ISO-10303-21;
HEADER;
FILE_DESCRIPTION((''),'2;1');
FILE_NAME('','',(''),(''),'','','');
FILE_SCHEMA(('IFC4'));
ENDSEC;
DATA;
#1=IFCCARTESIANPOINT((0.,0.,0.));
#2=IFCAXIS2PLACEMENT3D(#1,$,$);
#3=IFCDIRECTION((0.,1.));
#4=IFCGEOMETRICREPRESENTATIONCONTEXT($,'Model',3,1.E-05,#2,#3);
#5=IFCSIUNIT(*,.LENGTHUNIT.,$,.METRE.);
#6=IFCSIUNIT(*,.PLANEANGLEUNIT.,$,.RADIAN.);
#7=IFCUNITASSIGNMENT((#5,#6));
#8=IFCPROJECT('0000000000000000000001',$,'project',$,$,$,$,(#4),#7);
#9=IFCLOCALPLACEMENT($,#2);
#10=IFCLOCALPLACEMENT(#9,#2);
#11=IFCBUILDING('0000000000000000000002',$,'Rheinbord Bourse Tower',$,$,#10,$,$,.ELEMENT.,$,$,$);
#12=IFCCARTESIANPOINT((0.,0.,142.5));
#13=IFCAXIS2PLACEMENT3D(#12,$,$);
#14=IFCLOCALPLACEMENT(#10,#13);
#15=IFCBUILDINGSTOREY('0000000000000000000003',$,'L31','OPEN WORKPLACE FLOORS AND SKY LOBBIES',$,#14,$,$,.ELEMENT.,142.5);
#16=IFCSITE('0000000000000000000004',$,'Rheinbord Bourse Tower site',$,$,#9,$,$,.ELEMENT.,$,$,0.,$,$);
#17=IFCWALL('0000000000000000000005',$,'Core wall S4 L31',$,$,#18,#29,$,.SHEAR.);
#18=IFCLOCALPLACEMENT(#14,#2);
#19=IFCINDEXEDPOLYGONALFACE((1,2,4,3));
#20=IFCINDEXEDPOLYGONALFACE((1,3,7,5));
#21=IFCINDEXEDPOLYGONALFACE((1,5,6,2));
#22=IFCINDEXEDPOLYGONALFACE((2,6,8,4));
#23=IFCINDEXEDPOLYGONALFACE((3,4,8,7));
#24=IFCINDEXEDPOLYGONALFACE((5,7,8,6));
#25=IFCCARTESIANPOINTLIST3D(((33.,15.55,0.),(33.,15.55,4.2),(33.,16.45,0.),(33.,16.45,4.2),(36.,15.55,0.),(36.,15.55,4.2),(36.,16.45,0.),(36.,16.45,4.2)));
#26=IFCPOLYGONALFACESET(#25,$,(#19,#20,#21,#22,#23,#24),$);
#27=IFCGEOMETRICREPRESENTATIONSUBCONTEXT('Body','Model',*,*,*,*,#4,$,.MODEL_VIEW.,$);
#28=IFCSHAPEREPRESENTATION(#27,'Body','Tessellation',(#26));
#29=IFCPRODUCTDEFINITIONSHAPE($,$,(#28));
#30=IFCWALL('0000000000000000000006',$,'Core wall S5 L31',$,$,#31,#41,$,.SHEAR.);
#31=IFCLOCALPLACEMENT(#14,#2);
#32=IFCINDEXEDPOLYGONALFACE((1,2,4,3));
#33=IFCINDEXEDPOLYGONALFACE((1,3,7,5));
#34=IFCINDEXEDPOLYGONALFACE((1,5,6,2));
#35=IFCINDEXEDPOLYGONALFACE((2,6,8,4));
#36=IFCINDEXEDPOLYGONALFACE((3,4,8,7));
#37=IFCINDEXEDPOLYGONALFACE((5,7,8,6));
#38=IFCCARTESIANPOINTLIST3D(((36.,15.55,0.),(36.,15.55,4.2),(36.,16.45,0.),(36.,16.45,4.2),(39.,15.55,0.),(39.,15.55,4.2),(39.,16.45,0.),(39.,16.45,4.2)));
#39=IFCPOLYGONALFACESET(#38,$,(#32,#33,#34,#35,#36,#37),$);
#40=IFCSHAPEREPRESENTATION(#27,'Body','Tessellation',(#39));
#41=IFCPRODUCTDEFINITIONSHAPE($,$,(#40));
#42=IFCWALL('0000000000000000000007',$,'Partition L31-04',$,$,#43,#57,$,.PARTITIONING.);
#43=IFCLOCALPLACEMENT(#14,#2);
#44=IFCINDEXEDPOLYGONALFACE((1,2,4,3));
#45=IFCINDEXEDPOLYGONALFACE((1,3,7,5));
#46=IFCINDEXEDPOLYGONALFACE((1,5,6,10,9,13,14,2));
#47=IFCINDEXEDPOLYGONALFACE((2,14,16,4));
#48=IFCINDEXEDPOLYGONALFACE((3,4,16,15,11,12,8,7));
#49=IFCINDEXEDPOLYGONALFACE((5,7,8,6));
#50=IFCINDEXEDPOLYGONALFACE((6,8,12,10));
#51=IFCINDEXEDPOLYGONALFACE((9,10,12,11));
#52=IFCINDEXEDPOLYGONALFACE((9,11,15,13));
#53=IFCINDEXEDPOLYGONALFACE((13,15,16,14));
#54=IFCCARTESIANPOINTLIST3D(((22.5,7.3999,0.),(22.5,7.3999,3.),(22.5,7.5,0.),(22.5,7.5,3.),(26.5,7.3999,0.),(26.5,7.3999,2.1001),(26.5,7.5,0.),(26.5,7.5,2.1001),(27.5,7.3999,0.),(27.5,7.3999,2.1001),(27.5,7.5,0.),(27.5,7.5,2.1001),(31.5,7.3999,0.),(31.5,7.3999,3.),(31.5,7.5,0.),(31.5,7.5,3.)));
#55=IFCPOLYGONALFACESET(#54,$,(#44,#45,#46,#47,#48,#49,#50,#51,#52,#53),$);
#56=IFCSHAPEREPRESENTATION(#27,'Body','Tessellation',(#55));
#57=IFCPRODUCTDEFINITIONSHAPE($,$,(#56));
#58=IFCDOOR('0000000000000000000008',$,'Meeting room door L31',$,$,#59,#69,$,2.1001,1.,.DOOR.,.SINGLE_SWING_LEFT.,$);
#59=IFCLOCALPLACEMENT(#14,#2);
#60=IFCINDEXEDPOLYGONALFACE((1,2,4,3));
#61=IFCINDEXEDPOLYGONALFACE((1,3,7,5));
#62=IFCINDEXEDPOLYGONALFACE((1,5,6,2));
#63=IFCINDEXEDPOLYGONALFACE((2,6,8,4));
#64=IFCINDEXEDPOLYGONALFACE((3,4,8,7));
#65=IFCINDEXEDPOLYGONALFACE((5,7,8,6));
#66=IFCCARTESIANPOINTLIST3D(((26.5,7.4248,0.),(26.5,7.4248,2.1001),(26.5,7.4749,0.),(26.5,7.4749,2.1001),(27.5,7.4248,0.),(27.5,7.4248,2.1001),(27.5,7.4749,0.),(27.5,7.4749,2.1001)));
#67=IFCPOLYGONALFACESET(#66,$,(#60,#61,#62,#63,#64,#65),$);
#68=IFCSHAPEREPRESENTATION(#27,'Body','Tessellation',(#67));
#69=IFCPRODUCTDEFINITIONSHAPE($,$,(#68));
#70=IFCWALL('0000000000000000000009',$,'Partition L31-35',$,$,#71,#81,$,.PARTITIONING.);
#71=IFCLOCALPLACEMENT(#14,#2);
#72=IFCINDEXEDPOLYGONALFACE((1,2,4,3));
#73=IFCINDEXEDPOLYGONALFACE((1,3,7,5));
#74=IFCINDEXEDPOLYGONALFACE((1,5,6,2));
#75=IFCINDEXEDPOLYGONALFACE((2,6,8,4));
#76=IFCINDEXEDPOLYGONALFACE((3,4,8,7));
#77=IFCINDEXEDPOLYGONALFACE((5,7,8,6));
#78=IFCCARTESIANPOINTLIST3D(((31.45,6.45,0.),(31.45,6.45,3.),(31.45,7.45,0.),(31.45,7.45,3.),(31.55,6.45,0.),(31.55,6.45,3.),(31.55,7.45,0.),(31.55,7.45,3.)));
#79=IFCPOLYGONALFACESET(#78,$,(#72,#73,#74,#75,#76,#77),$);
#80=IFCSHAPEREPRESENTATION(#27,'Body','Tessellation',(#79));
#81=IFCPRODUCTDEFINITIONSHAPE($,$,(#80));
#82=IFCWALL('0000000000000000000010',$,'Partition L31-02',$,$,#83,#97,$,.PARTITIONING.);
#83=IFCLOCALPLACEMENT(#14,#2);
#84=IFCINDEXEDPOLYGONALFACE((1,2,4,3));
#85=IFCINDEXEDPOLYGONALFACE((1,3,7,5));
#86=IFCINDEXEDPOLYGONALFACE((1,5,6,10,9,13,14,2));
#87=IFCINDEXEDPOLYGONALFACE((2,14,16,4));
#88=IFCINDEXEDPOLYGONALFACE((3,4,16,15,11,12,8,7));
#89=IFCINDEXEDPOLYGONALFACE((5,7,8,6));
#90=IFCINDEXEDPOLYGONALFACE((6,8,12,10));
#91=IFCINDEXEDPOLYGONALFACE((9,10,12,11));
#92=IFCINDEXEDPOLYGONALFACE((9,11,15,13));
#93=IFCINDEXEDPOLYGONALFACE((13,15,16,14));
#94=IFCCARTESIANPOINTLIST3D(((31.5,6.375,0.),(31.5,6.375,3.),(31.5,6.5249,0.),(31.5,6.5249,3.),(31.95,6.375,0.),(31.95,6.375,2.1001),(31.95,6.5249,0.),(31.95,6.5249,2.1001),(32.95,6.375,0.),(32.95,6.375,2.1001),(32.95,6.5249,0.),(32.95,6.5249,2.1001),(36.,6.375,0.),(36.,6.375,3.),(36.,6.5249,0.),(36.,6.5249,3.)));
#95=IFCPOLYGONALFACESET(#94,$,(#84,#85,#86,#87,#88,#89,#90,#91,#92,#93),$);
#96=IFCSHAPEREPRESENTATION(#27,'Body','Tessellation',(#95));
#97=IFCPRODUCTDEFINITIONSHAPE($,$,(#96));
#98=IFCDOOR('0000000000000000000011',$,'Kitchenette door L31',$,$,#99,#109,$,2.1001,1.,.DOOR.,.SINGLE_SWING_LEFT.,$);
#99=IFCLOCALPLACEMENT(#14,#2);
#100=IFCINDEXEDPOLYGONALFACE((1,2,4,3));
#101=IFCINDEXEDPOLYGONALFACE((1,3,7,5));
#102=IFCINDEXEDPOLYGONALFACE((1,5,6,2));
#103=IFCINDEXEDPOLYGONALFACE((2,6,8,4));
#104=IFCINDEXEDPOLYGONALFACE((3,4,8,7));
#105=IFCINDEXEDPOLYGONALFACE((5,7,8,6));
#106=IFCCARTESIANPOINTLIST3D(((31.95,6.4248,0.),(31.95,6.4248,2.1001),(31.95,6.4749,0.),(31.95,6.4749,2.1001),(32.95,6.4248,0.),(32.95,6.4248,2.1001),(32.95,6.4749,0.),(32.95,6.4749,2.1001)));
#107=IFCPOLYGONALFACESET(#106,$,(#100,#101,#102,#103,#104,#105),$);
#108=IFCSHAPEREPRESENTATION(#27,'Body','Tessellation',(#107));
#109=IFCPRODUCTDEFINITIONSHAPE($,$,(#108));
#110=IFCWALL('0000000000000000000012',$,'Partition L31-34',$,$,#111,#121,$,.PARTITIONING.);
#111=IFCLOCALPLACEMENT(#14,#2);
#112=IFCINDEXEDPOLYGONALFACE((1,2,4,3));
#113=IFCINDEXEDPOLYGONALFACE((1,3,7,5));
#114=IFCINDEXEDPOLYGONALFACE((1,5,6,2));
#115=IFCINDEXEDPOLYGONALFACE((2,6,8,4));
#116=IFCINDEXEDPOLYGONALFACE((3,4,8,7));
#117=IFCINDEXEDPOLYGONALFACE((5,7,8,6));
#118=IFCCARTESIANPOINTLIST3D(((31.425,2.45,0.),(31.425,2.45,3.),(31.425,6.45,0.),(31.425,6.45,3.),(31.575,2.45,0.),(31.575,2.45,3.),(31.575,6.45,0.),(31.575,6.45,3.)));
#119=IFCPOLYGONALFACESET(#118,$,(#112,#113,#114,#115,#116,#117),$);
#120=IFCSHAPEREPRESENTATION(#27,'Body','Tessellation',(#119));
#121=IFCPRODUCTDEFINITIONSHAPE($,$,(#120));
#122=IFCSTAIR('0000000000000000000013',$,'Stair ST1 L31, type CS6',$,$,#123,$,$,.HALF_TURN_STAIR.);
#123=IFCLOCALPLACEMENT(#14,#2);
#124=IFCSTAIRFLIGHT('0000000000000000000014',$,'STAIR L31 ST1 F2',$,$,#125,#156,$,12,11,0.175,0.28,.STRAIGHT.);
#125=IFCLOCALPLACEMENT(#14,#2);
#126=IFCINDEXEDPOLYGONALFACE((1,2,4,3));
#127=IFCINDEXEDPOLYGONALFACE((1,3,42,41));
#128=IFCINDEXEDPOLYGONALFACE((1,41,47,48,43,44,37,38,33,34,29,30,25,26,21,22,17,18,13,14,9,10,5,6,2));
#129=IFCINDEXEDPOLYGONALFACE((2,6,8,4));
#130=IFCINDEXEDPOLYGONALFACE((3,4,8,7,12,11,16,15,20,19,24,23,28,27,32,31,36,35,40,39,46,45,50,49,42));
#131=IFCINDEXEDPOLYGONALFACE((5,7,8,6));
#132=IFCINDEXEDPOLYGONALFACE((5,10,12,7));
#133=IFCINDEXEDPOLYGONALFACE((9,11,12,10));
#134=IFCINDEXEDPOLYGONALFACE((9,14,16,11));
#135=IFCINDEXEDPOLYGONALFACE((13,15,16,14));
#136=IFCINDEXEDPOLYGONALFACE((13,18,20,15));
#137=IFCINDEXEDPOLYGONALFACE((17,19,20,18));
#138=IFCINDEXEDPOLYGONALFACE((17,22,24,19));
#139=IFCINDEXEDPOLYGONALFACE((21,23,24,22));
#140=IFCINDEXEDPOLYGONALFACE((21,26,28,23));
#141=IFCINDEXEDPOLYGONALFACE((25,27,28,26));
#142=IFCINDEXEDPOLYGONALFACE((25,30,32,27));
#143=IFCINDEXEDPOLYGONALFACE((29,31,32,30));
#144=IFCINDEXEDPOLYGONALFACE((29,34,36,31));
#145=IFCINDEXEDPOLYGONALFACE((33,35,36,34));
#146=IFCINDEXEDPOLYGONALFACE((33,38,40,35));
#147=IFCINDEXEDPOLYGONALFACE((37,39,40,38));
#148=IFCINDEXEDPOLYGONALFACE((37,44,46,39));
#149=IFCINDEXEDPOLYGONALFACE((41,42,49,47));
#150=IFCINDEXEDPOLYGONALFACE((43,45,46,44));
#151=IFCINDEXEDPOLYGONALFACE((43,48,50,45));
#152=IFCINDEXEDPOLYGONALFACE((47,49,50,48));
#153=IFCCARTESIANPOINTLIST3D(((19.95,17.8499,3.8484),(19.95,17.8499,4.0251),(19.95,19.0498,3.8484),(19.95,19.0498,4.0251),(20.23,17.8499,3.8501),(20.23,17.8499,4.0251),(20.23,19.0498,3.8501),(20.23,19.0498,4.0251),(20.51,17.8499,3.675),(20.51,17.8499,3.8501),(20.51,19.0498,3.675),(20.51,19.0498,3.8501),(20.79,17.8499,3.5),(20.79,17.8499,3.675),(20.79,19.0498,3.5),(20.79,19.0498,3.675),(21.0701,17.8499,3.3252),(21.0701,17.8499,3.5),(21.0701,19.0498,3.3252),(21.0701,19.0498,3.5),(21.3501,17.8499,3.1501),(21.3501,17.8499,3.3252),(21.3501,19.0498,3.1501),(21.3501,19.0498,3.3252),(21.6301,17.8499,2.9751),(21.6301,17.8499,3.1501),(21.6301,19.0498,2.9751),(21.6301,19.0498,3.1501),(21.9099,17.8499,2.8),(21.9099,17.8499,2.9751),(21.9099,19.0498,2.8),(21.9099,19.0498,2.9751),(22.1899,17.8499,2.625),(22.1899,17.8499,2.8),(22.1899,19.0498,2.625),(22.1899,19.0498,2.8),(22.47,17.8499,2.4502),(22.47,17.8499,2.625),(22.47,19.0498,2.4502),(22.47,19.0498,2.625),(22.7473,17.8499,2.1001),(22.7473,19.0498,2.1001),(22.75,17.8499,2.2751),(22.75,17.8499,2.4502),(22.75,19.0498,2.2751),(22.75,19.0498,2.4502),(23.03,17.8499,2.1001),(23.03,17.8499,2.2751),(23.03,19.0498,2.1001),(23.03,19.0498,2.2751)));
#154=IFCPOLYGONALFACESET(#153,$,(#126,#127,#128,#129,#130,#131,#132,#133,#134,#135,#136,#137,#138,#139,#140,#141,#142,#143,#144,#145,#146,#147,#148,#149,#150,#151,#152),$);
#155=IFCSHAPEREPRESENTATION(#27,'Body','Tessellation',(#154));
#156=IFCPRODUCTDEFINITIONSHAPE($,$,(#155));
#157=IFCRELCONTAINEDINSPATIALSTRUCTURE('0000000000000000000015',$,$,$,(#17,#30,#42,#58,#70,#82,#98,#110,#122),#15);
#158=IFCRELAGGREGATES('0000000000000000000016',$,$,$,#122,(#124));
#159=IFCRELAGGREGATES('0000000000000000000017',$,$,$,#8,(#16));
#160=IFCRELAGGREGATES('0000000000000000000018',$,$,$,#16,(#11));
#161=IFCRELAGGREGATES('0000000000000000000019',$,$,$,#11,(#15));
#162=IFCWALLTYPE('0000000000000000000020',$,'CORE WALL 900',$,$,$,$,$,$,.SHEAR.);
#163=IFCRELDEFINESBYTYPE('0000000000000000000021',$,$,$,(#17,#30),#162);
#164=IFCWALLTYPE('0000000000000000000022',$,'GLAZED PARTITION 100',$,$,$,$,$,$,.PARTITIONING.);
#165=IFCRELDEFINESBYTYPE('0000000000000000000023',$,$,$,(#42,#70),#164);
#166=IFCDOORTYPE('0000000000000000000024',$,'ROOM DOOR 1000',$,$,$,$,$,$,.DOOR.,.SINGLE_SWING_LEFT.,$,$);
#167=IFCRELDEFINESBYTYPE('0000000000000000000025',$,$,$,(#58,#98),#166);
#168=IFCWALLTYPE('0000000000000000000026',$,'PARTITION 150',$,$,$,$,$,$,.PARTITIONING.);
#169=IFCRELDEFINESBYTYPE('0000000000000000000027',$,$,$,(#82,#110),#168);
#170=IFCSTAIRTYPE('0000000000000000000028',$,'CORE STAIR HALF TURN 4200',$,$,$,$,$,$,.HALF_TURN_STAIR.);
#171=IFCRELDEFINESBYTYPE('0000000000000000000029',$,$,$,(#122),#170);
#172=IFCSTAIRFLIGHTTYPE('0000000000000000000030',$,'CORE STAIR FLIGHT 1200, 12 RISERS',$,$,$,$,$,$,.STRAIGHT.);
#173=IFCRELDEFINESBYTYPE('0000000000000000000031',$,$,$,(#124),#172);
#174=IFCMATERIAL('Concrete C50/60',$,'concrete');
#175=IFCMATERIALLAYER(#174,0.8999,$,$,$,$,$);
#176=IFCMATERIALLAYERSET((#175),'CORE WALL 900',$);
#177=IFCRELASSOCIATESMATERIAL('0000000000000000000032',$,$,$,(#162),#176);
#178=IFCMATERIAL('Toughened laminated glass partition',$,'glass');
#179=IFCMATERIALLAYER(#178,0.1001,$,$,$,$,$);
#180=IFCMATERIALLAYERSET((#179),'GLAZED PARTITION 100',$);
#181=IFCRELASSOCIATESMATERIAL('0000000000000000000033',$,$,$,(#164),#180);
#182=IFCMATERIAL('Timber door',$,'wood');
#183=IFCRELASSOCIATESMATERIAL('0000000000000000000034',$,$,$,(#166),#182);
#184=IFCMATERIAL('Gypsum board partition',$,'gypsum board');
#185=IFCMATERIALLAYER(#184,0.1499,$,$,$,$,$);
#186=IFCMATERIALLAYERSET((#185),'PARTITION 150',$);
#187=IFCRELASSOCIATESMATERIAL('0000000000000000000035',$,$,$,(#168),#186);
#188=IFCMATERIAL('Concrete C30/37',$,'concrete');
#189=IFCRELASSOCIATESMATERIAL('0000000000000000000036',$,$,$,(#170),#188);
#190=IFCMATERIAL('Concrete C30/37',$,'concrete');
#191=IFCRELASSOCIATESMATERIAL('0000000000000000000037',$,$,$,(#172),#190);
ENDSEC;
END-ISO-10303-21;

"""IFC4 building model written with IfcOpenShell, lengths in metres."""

from ifc_helpers import new_model, si_unit, direction, frame, frame_2d, origin, place, context, subcontext, project, spatial, polyline, rectangle, outline, extrude, material, layer, layer_set, type_object, element, fill, aggregate, save


model = new_model("IFC4")

# Units and contexts
model_context = context("Model", 3, precision=1e-05, world=origin(), true_north=direction((0.0, 1.0)))
body_context = subcontext(model_context, "Body", "Model", "MODEL_VIEW")
ifc_project = project(units=[si_unit("LENGTHUNIT", "METRE"), si_unit("PLANEANGLEUNIT", "RADIAN")], contexts=[model_context])

# Site, building, storey
site_placement = place(None, origin())
site = spatial("IfcSite", under=ifc_project, at=site_placement, Name="Rheinbord Bourse Tower site", CompositionType="ELEMENT", RefElevation=0.0)
building_placement = place(site_placement, origin())
building = spatial("IfcBuilding", under=site, at=building_placement, Name="Rheinbord Bourse Tower", CompositionType="ELEMENT")
storey_placement = place(building_placement, frame((0.0, 0.0, 142.5)))
storey = spatial("IfcBuildingStorey", under=building, at=storey_placement, Name="L31", Description="OPEN WORKPLACE FLOORS AND SKY LOBBIES", CompositionType="ELEMENT", Elevation=142.5)

# Walls
ifc_material_1 = material(Name="Concrete C50/60", Category="concrete")
ifc_layer_1 = layer(ifc_material_1, 0.8999)
ifc_layer_set_1 = layer_set([ifc_layer_1], Name="CORE WALL 900")
wall_type_1 = type_object("IfcWallType", Name="CORE WALL 900", PredefinedType="SHEAR", material=ifc_layer_set_1)
for number, where, z_axis, x_axis, name in (
    (1, (33.0, 16.0, 0.0), (0.0, 0.0, 1.0), (1.0, 0.0, 0.0), "Core wall S4 L31"),
    (2, (36.0, 16.0, 0.0), (0.0, 0.0, 1.0), (1.0, 0.0, 0.0), "Core wall S5 L31"),
):
    element("IfcWall", number, at=place(storey_placement, frame(where, z_axis=z_axis, x_axis=x_axis)), inside=storey, type_object=wall_type_1, Name=name, PredefinedType="SHEAR", context=body_context, shape_type="SweptSolid", body=[
        extrude(rectangle(XDim=3.0, YDim=0.8999, at=frame_2d((1.5, 0.0))), origin(), (0.0, 0.0, 1.0), 4.2),
    ])

# Wall, opening, door
ifc_material_2 = material(Name="Toughened laminated glass partition", Category="glass")
ifc_layer_2 = layer(ifc_material_2, 0.1001)
ifc_layer_set_2 = layer_set([ifc_layer_2], Name="GLAZED PARTITION 100")
wall_type_2 = type_object("IfcWallType", Name="GLAZED PARTITION 100", PredefinedType="PARTITIONING", material=ifc_layer_set_2)
wall_1_placement = place(storey_placement, frame((22.5, 7.45, 0.0), z_axis=(0.0, 0.0, 1.0), x_axis=(1.0, 0.0, 0.0)))
wall_1 = element("IfcWall", 3, at=wall_1_placement, inside=storey, type_object=wall_type_2, Name="Partition L31-04", PredefinedType="PARTITIONING", context=body_context, shape_type="SweptSolid", body=[
    extrude(rectangle(XDim=9.0, YDim=0.1001, at=frame_2d((4.5, 0.0))), origin(), (0.0, 0.0, 1.0), 3.0),
])
opening_1_placement = place(wall_1_placement, frame((4.0, 0.0, 0.0)))
opening_1 = element("IfcOpeningElement", 4, at=opening_1_placement, cuts=wall_1, PredefinedType="OPENING", context=body_context, shape_type="SweptSolid", body=[
    extrude(rectangle(XDim=1.0, YDim=2.1001, at=frame_2d((0.5, 1.05))), frame((0.0, 0.0601, 0.0), z_axis=(0.0, -1.0, 0.0), x_axis=(1.0, 0.0, 0.0)), (0.0, 0.0, 1.0), 0.1201),
])
ifc_material_3 = material(Name="Timber door", Category="wood")
door_type_1 = type_object("IfcDoorType", Name="ROOM DOOR 1000", OperationType="SINGLE_SWING_LEFT", PredefinedType="DOOR", material=ifc_material_3)
door_1_placement = place(opening_1_placement, origin())
door_1 = element("IfcDoor", 5, at=door_1_placement, inside=storey, type_object=door_type_1, Name="Meeting room door L31", OperationType="SINGLE_SWING_LEFT", OverallHeight=2.1001, OverallWidth=1.0, PredefinedType="DOOR", context=body_context, shape_type="SweptSolid", body=[
    extrude(rectangle(XDim=1.0, YDim=2.1001, at=frame_2d((0.5, 1.05))), frame((0.0, 0.0249, 0.0), z_axis=(0.0, -1.0, 0.0), x_axis=(1.0, 0.0, 0.0)), (0.0, 0.0, 1.0), 0.05),
])
fill(opening_1, door_1)

# Wall
wall_2_placement = place(storey_placement, frame((31.5, 6.45, 0.0), z_axis=(0.0, 0.0, 1.0), x_axis=(0.0, 1.0, 0.0)))
element("IfcWall", 6, at=wall_2_placement, inside=storey, type_object=wall_type_2, Name="Partition L31-35", PredefinedType="PARTITIONING", context=body_context, shape_type="SweptSolid", body=[
    extrude(rectangle(XDim=1.0, YDim=0.1001, at=frame_2d((0.5, 0.0))), origin(), (0.0, 0.0, 1.0), 3.0),
])

# Wall, opening, door
ifc_material_4 = material(Name="Gypsum board partition", Category="gypsum board")
ifc_layer_3 = layer(ifc_material_4, 0.1499)
ifc_layer_set_3 = layer_set([ifc_layer_3], Name="PARTITION 150")
wall_type_3 = type_object("IfcWallType", Name="PARTITION 150", PredefinedType="PARTITIONING", material=ifc_layer_set_3)
wall_3_placement = place(storey_placement, frame((31.5, 6.45, 0.0), z_axis=(0.0, 0.0, 1.0), x_axis=(1.0, 0.0, 0.0)))
wall_3 = element("IfcWall", 7, at=wall_3_placement, inside=storey, type_object=wall_type_3, Name="Partition L31-02", PredefinedType="PARTITIONING", context=body_context, shape_type="SweptSolid", body=[
    extrude(rectangle(XDim=4.5, YDim=0.1499, at=frame_2d((2.25, 0.0))), origin(), (0.0, 0.0, 1.0), 3.0),
])
opening_2_placement = place(wall_3_placement, frame((0.45, 0.0, 0.0)))
opening_2 = element("IfcOpeningElement", 8, at=opening_2_placement, cuts=wall_3, PredefinedType="OPENING", context=body_context, shape_type="SweptSolid", body=[
    extrude(rectangle(XDim=1.0, YDim=2.1001, at=frame_2d((0.5, 1.05))), frame((0.0, 0.085, 0.0), z_axis=(0.0, -1.0, 0.0), x_axis=(1.0, 0.0, 0.0)), (0.0, 0.0, 1.0), 0.1699),
])
door_2_placement = place(opening_2_placement, origin())
door_2 = element("IfcDoor", 9, at=door_2_placement, inside=storey, type_object=door_type_1, Name="Kitchenette door L31", OperationType="SINGLE_SWING_LEFT", OverallHeight=2.1001, OverallWidth=1.0, PredefinedType="DOOR", context=body_context, shape_type="SweptSolid", body=[
    extrude(rectangle(XDim=1.0, YDim=2.1001, at=frame_2d((0.5, 1.05))), frame((0.0, 0.0249, 0.0), z_axis=(0.0, -1.0, 0.0), x_axis=(1.0, 0.0, 0.0)), (0.0, 0.0, 1.0), 0.05),
])
fill(opening_2, door_2)

# Wall
wall_4_placement = place(storey_placement, frame((31.5, 2.45, 0.0), z_axis=(0.0, 0.0, 1.0), x_axis=(0.0, 1.0, 0.0)))
element("IfcWall", 10, at=wall_4_placement, inside=storey, type_object=wall_type_3, Name="Partition L31-34", PredefinedType="PARTITIONING", context=body_context, shape_type="SweptSolid", body=[
    extrude(rectangle(XDim=4.0, YDim=0.1499, at=frame_2d((2.0, 0.0))), origin(), (0.0, 0.0, 1.0), 3.0),
])

# Stair, stair flight
ifc_material_5 = material(Name="Concrete C30/37", Category="concrete")
stair_type = type_object("IfcStairType", Name="CORE STAIR HALF TURN 4200", PredefinedType="HALF_TURN_STAIR", material=ifc_material_5)
stair_placement = place(storey_placement, origin())
stair = element("IfcStair", 11, at=stair_placement, inside=storey, type_object=stair_type, Name="Stair ST1 L31, type CS6", PredefinedType="HALF_TURN_STAIR")
ifc_material_6 = material(Name="Concrete C30/37", Category="concrete")
stair_flight_type = type_object("IfcStairFlightType", Name="CORE STAIR FLIGHT 1200, 12 RISERS", PredefinedType="STRAIGHT", material=ifc_material_6)
stair_flight_placement = place(storey_placement, frame((23.03, 18.45, 2.1001), z_axis=(0.0, 0.0, 1.0), x_axis=(-1.0, 0.0, 0.0)))
stair_flight = element("IfcStairFlight", 12, at=stair_flight_placement, type_object=stair_flight_type, Name="STAIR L31 ST1 F2", NumberOfRisers=12, NumberOfTreads=11, PredefinedType="STRAIGHT", RiserHeight=0.175, TreadLength=0.28, context=body_context, shape_type="SweptSolid", body=[
    extrude(outline(polyline([(0.0, 0.0), (0.0, 0.175), (0.28, 0.175), (0.28, 0.3501), (0.5601, 0.3501), (0.5601, 0.5249), (0.8401, 0.5249), (0.8401, 0.7), (1.1201, 0.7), (1.1201, 0.875), (1.3999, 0.875), (1.3999, 1.05), (1.6799, 1.05), (1.6799, 1.2251), (1.96, 1.2251), (1.96, 1.3999), (2.24, 1.3999), (2.24, 1.575), (2.52, 1.575), (2.52, 1.75), (2.8, 1.75), (2.8, 1.925), (3.0801, 1.925), (3.0801, 2.1001), (3.0801, 1.7483), (0.2827, 0.0), (0.0, 0.0)])), frame((0.0, 0.6001, 0.0), z_axis=(0.0, -1.0, 0.0), x_axis=(1.0, 0.0, 0.0)), (0.0, 0.0, 1.0), 1.2),
])
aggregate(stair, [stair_flight])

save(model, "model.ifc")
